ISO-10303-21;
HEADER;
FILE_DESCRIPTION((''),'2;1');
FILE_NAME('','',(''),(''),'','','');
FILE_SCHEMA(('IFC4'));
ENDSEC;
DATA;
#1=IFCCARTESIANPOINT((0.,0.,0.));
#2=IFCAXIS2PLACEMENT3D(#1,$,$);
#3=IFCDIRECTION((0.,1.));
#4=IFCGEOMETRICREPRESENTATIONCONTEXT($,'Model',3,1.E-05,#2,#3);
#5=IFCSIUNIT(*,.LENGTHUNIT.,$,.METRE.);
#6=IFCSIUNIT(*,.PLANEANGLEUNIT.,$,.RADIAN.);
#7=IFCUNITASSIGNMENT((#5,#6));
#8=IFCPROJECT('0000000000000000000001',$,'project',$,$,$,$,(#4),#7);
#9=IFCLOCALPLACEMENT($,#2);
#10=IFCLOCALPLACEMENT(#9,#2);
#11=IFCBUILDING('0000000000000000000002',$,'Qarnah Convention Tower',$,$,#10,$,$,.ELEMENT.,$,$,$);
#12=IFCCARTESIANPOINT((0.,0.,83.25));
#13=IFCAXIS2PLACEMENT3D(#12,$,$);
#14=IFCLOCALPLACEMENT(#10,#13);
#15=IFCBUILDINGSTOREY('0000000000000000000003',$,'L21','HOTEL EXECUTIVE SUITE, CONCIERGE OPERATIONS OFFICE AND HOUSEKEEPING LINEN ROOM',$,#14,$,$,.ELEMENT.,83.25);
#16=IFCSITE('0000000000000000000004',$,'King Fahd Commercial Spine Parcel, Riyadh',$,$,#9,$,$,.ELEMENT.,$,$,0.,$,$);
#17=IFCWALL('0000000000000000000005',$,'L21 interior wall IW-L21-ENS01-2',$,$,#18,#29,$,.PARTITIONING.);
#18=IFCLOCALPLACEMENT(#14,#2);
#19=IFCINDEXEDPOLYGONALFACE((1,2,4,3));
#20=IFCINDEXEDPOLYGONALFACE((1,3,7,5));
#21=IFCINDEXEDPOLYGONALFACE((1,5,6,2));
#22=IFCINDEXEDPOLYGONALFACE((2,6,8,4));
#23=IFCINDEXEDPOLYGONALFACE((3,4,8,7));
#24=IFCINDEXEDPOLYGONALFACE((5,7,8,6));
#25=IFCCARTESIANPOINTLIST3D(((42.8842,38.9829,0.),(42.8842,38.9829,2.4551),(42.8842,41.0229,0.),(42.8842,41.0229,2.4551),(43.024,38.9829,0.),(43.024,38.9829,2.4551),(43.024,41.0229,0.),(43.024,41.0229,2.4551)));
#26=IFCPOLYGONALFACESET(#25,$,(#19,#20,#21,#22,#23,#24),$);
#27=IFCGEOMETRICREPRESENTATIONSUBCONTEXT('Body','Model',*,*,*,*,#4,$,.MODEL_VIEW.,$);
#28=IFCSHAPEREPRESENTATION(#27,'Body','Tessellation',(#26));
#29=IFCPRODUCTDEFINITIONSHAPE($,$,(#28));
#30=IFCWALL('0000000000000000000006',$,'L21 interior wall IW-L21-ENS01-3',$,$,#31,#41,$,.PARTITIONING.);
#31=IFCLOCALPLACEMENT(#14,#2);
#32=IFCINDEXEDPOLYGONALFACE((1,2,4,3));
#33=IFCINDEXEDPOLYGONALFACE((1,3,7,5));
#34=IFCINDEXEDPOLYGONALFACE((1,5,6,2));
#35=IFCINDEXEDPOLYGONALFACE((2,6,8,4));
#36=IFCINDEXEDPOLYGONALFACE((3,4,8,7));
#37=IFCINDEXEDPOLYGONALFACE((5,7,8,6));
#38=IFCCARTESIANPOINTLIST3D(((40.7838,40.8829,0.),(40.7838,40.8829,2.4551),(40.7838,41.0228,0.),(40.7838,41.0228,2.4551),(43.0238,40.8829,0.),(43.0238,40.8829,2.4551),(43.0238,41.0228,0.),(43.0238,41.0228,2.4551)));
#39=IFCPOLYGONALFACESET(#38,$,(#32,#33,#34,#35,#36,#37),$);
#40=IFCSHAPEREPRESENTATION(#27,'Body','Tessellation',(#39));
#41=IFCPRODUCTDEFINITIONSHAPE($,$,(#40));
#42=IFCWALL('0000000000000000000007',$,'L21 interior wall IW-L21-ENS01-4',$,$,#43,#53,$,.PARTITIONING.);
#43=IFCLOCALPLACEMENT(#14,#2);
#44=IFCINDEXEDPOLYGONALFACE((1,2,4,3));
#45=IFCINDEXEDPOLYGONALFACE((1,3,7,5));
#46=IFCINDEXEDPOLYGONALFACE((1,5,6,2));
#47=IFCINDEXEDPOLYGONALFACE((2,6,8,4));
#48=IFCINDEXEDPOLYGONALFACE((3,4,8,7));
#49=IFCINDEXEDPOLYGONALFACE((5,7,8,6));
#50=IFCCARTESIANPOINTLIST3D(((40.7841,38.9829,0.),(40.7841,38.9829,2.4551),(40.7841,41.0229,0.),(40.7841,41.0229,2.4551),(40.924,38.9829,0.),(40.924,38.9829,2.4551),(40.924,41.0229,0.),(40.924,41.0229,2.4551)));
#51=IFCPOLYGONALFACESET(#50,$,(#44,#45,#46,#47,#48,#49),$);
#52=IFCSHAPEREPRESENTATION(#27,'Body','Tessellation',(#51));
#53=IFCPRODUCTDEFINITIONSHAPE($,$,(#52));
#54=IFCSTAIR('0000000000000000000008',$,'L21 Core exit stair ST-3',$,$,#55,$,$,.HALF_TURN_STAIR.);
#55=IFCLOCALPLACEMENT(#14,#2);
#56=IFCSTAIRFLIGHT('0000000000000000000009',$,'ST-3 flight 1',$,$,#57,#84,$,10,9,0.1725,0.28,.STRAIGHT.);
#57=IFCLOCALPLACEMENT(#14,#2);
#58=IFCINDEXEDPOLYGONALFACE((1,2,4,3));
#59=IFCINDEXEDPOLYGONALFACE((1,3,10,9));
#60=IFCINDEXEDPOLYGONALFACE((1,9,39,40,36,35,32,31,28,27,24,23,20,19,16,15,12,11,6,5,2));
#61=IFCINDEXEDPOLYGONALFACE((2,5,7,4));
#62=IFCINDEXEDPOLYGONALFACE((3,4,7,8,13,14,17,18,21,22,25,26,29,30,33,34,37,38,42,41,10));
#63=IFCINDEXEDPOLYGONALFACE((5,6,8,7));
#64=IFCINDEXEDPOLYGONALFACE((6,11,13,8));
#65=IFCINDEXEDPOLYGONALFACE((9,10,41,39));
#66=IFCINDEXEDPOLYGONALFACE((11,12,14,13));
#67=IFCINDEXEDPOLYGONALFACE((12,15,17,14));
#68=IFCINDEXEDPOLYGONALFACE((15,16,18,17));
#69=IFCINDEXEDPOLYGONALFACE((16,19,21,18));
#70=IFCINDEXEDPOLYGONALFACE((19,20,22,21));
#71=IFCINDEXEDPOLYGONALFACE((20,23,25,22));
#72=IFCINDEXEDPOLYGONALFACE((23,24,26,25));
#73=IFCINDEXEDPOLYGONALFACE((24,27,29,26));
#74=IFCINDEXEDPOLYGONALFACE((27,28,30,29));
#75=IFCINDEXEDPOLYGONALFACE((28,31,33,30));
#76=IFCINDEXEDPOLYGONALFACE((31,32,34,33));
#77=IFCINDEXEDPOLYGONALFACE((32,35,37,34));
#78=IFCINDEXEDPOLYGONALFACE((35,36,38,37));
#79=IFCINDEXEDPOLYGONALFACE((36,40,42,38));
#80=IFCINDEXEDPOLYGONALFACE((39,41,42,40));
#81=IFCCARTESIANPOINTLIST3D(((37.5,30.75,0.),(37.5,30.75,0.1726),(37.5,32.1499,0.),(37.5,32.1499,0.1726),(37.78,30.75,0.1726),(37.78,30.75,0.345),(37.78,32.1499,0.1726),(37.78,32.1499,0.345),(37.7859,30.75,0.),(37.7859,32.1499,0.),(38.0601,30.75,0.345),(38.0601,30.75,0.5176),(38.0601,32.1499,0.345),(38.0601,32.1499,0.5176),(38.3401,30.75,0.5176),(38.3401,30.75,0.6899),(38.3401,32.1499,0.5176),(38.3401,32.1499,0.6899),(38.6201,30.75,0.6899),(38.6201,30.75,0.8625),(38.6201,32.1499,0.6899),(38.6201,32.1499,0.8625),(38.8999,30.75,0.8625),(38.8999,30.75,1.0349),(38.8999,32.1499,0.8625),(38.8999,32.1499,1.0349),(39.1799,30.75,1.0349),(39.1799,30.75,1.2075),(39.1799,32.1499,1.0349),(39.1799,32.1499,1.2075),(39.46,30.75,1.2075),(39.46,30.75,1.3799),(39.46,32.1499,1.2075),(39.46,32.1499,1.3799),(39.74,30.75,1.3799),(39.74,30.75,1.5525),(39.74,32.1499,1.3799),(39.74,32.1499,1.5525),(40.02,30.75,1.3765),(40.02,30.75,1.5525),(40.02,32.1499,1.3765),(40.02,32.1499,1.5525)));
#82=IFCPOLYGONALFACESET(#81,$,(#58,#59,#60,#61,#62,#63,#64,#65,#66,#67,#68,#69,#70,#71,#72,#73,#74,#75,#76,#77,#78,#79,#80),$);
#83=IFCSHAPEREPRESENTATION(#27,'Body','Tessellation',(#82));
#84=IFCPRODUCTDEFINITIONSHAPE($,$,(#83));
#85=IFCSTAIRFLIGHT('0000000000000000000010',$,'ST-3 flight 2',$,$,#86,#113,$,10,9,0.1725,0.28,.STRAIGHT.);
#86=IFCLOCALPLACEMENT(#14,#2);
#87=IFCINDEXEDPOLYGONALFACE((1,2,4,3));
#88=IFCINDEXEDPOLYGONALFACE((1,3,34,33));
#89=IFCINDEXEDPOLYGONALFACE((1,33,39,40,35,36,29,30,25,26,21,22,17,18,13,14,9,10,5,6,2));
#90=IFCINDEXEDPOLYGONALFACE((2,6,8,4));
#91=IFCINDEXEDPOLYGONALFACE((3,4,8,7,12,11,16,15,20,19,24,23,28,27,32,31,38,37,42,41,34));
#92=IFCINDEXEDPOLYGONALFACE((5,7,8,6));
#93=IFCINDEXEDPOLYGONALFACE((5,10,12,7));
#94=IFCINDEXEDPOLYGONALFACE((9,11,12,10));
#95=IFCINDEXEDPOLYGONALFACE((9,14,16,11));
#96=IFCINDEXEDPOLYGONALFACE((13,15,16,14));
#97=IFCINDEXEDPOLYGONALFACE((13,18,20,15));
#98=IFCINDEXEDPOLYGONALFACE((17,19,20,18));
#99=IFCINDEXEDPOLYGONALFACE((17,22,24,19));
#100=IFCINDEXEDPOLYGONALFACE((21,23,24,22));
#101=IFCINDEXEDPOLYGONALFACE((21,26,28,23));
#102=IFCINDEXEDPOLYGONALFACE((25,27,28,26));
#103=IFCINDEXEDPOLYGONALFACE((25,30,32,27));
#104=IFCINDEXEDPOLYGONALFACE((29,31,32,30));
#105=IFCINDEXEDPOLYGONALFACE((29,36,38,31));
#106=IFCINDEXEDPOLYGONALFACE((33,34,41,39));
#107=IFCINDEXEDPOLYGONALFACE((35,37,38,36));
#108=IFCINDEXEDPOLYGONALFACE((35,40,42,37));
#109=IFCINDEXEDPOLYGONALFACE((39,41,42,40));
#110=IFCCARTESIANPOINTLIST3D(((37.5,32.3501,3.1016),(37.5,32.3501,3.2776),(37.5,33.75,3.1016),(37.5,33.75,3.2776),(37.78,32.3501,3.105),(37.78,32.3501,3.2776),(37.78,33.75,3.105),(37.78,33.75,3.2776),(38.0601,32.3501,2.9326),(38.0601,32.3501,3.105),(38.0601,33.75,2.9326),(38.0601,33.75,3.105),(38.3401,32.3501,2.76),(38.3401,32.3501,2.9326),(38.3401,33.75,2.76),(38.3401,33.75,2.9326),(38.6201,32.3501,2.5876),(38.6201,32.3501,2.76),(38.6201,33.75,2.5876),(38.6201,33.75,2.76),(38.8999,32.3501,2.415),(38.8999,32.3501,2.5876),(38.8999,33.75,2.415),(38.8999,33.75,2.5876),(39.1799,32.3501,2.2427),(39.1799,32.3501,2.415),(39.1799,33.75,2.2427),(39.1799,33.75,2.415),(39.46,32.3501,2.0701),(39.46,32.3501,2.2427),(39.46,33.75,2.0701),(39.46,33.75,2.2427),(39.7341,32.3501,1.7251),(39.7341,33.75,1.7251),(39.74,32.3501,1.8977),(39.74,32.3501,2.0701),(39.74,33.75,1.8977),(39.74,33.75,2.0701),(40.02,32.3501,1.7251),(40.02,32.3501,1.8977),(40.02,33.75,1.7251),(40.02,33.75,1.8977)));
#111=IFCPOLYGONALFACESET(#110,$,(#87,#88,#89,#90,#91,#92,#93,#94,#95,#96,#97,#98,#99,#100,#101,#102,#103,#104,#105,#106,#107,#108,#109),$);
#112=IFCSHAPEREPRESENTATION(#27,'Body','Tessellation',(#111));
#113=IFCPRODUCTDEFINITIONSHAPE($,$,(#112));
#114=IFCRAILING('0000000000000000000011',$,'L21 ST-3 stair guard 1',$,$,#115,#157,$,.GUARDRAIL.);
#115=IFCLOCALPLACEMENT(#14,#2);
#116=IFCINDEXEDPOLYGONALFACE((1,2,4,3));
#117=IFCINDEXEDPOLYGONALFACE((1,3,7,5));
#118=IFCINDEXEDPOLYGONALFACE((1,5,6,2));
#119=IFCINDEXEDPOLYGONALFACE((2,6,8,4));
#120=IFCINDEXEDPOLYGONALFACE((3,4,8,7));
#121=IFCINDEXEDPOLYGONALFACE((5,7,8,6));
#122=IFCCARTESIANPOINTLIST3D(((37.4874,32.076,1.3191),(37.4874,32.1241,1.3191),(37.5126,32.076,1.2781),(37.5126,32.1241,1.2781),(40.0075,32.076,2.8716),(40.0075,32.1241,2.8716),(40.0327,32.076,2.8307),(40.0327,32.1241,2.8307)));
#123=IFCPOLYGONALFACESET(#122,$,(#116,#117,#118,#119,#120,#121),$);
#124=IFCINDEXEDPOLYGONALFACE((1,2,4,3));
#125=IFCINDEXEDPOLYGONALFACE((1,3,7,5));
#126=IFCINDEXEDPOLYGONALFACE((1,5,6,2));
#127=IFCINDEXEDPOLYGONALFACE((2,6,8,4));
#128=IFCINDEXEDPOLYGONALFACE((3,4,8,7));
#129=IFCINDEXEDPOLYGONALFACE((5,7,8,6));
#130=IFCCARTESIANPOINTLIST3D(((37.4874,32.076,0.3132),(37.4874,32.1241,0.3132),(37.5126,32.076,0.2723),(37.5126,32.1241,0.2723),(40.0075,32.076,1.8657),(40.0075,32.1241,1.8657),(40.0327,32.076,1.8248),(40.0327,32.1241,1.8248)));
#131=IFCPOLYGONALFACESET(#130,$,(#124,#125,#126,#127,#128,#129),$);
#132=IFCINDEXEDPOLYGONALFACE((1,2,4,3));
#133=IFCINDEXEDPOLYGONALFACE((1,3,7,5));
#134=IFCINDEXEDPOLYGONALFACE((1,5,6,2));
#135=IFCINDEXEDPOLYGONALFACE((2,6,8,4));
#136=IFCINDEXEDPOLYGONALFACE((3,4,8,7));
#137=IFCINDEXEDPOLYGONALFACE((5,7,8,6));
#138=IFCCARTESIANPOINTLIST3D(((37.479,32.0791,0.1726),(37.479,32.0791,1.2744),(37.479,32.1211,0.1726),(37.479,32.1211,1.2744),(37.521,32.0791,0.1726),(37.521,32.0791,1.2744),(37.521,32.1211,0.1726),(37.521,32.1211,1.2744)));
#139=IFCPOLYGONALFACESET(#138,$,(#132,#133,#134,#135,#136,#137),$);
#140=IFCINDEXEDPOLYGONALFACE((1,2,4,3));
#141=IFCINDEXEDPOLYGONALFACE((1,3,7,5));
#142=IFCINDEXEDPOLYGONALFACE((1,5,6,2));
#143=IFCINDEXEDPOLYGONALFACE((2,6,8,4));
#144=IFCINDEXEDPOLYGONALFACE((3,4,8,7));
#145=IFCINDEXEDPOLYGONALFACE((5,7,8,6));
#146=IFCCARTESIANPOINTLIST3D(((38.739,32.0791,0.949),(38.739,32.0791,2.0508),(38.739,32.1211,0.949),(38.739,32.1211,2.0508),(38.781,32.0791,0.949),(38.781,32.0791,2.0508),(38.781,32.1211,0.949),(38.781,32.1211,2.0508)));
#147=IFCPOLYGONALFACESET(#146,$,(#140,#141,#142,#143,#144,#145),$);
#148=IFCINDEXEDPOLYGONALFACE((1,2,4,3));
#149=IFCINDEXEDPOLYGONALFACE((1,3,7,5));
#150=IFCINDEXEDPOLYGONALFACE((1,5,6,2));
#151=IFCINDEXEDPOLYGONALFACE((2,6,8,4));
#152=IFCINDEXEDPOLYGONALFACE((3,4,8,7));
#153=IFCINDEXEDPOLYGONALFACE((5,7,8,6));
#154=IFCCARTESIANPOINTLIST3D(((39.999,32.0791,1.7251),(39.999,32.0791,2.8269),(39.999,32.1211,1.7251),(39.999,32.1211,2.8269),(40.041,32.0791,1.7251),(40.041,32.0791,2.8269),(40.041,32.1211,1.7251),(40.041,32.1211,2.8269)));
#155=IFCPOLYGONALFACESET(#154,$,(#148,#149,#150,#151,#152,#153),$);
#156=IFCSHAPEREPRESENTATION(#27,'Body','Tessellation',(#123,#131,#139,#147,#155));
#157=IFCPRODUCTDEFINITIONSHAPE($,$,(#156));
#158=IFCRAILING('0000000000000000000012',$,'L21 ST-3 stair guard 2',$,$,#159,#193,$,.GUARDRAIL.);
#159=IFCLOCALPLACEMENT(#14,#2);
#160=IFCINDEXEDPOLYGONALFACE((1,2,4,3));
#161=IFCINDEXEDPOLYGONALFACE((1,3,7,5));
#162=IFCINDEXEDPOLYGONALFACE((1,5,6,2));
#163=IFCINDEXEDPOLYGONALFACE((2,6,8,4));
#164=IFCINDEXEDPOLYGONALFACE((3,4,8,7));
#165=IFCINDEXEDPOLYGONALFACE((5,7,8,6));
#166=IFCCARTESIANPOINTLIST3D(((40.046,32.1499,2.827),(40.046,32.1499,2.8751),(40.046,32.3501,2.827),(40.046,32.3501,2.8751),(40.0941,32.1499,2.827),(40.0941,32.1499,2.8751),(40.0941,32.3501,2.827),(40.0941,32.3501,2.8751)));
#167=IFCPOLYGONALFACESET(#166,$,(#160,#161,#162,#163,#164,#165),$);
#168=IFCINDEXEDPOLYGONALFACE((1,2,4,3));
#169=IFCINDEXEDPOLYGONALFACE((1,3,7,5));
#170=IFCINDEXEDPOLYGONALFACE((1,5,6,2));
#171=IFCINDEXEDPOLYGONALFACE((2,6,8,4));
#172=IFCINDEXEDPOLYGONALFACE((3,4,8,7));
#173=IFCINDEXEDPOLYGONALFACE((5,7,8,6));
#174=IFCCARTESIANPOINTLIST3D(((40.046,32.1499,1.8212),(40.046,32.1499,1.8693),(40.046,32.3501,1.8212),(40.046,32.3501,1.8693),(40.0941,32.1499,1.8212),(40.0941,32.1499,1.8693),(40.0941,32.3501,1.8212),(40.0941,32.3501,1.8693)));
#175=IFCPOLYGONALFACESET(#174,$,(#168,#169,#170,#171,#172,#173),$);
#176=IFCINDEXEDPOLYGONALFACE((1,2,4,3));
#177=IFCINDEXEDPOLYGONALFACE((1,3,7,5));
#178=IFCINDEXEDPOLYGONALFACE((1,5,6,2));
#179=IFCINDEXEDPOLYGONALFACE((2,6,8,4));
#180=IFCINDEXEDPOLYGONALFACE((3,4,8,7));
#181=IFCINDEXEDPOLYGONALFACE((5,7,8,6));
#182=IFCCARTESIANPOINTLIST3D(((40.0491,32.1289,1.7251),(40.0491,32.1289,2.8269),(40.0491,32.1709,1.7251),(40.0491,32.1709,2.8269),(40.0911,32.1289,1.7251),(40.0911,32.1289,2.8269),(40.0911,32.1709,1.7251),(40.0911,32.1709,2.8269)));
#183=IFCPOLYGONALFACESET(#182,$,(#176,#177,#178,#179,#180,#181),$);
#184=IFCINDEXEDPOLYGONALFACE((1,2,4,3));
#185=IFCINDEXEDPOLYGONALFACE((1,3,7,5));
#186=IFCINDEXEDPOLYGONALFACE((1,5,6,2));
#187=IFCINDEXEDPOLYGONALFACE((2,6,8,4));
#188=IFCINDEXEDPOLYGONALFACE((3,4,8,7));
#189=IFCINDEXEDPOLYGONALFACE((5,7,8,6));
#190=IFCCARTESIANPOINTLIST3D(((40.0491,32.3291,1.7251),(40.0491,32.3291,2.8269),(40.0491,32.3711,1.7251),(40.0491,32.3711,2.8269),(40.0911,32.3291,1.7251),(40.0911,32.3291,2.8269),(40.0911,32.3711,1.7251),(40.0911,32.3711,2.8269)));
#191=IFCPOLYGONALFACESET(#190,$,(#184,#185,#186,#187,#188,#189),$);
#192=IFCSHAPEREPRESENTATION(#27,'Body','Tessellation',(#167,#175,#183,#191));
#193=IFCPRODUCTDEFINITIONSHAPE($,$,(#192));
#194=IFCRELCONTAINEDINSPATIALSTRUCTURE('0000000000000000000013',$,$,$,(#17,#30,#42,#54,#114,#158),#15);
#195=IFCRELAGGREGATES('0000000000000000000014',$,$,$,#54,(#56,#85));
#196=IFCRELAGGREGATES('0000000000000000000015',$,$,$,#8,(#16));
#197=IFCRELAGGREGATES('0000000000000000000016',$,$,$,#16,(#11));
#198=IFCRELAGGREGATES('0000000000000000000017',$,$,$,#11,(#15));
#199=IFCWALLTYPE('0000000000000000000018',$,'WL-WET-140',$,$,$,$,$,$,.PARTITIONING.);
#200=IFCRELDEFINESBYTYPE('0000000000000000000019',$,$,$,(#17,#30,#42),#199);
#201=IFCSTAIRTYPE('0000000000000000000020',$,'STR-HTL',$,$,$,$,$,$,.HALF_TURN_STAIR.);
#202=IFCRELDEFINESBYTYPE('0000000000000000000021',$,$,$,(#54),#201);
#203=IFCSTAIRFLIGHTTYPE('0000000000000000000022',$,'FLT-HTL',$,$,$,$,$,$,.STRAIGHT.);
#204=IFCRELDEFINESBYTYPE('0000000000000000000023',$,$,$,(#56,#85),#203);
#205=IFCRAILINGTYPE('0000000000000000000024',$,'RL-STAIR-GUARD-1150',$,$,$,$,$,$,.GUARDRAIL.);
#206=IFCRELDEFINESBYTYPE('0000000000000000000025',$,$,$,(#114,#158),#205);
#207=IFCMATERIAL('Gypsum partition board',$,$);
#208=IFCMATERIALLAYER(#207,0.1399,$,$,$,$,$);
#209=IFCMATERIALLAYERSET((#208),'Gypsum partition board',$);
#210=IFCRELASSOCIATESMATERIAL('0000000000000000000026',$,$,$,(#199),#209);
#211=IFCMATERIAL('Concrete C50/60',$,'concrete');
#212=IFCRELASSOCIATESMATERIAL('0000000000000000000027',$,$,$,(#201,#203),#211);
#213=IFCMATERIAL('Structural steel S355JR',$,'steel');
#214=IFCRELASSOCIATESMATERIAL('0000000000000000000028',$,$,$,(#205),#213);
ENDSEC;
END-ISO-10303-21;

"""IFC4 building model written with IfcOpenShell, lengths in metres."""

from ifc_helpers import new_model, si_unit, direction, frame, frame_2d, origin, origin_2d, place, context, subcontext, project, spatial, polyline, rectangle, outline, extrude, material, layer, layer_set, type_object, element, aggregate, save


model = new_model("IFC4")

# Units and contexts
model_context = context("Model", 3, precision=1e-05, world=origin(), true_north=direction((0.0, 1.0)))
body_context = subcontext(model_context, "Body", "Model", "MODEL_VIEW")
ifc_project = project(units=[si_unit("LENGTHUNIT", "METRE"), si_unit("PLANEANGLEUNIT", "RADIAN")], contexts=[model_context])

# Site, building, storey
site_placement = place(None, origin())
site = spatial("IfcSite", under=ifc_project, at=site_placement, Name="King Fahd Commercial Spine Parcel, Riyadh", CompositionType="ELEMENT", RefElevation=0.0)
building_placement = place(site_placement, origin())
building = spatial("IfcBuilding", under=site, at=building_placement, Name="Qarnah Convention Tower", CompositionType="ELEMENT")
storey_placement = place(building_placement, frame((0.0, 0.0, 83.25)))
storey = spatial("IfcBuildingStorey", under=building, at=storey_placement, Name="L21", Description="HOTEL EXECUTIVE SUITE, CONCIERGE OPERATIONS OFFICE AND HOUSEKEEPING LINEN ROOM", CompositionType="ELEMENT", Elevation=83.25)

# Shared definitions
ifc_material_1 = material(Name="Structural steel S355JR", Category="steel")

# Shared definitions
ifc_material_2 = material(Name="Gypsum partition board")

# Shared definitions
ifc_layer_1 = layer(ifc_material_2, 0.1399)
ifc_layer_set_1 = layer_set([ifc_layer_1], Name="Gypsum partition board")
wall_type_1 = type_object("IfcWallType", Name="WL-WET-140", PredefinedType="PARTITIONING", material=ifc_layer_set_1)

# Walls
wall_1_placement = place(storey_placement, frame((42.9541, 38.9829, 0.0), z_axis=(0.0, 0.0, 1.0), x_axis=(0.0, 1.0, 0.0)))
element("IfcWall", 1, at=wall_1_placement, inside=storey, type_object=wall_type_1, Name="L21 interior wall IW-L21-ENS01-2", PredefinedType="PARTITIONING", context=body_context, shape_type="SweptSolid", body=[
    extrude(rectangle(XDim=2.04, YDim=0.1399, at=frame_2d((1.02, 0.0))), origin(), (0.0, 0.0, 1.0), 2.4551),
])
wall_2_placement = place(storey_placement, frame((43.0239, 40.9529, 0.0), z_axis=(0.0, 0.0, 1.0), x_axis=(-1.0, 0.0, 0.0)))
element("IfcWall", 2, at=wall_2_placement, inside=storey, type_object=wall_type_1, Name="L21 interior wall IW-L21-ENS01-3", PredefinedType="PARTITIONING", context=body_context, shape_type="SweptSolid", body=[
    extrude(rectangle(XDim=2.24, YDim=0.1399, at=frame_2d((1.1201, 0.0))), origin(), (0.0, 0.0, 1.0), 2.4551),
])
wall_3_placement = place(storey_placement, frame((40.854, 41.0229, 0.0), z_axis=(0.0, 0.0, 1.0), x_axis=(0.0, -1.0, 0.0)))
element("IfcWall", 3, at=wall_3_placement, inside=storey, type_object=wall_type_1, Name="L21 interior wall IW-L21-ENS01-4", PredefinedType="PARTITIONING", context=body_context, shape_type="SweptSolid", body=[
    extrude(rectangle(XDim=2.04, YDim=0.1399, at=frame_2d((1.02, 0.0))), origin(), (0.0, 0.0, 1.0), 2.4551),
])

# Stair, stair flights
ifc_material_3 = material(Name="Concrete C50/60", Category="concrete")
stair_type = type_object("IfcStairType", Name="STR-HTL", PredefinedType="HALF_TURN_STAIR", material=ifc_material_3)
stair_placement = place(storey_placement, origin())
stair = element("IfcStair", 4, at=stair_placement, inside=storey, type_object=stair_type, Name="L21 Core exit stair ST-3", PredefinedType="HALF_TURN_STAIR")
stair_flight_type = type_object("IfcStairFlightType", Name="FLT-HTL", PredefinedType="STRAIGHT", material=ifc_material_3)
stair_flight_1_placement = place(storey_placement, frame((37.5, 31.45, 0.0), z_axis=(0.0, 0.0, 1.0), x_axis=(1.0, 0.0, 0.0)))
stair_flight_1 = element("IfcStairFlight", 5, at=stair_flight_1_placement, type_object=stair_flight_type, Name="ST-3 flight 1", NumberOfRisers=10, NumberOfTreads=9, PredefinedType="STRAIGHT", RiserHeight=0.1725, TreadLength=0.28, context=body_context, shape_type="SweptSolid", body=[
    extrude(outline(polyline([(0.0, 0.0), (0.0, 0.1726), (0.28, 0.1726), (0.28, 0.345), (0.5601, 0.345), (0.5601, 0.5176), (0.8401, 0.5176), (0.8401, 0.6899), (1.1201, 0.6899), (1.1201, 0.8625), (1.3999, 0.8625), (1.3999, 1.0349), (1.6799, 1.0349), (1.6799, 1.2075), (1.96, 1.2075), (1.96, 1.3799), (2.24, 1.3799), (2.24, 1.5525), (2.52, 1.5525), (2.52, 1.7251), (2.52, 1.3765), (0.2859, 0.0), (0.0, 0.0)])), frame((0.0, 0.7, 0.0), z_axis=(0.0, -1.0, 0.0), x_axis=(1.0, 0.0, 0.0)), (0.0, 0.0, 1.0), 1.3999),
])
stair_flight_2_placement = place(storey_placement, frame((40.02, 33.05, 1.7251), z_axis=(0.0, 0.0, 1.0), x_axis=(-1.0, 0.0, 0.0)))
stair_flight_2 = element("IfcStairFlight", 6, at=stair_flight_2_placement, type_object=stair_flight_type, Name="ST-3 flight 2", NumberOfRisers=10, NumberOfTreads=9, PredefinedType="STRAIGHT", RiserHeight=0.1725, TreadLength=0.28, context=body_context, shape_type="SweptSolid", body=[
    extrude(outline(polyline([(0.0, 0.0), (0.0, 0.1726), (0.28, 0.1726), (0.28, 0.345), (0.5601, 0.345), (0.5601, 0.5176), (0.8401, 0.5176), (0.8401, 0.6899), (1.1201, 0.6899), (1.1201, 0.8625), (1.3999, 0.8625), (1.3999, 1.0349), (1.6799, 1.0349), (1.6799, 1.2075), (1.96, 1.2075), (1.96, 1.3799), (2.24, 1.3799), (2.24, 1.5525), (2.52, 1.5525), (2.52, 1.7251), (2.52, 1.3765), (0.2859, 0.0), (0.0, 0.0)])), frame((0.0, 0.7, 0.0), z_axis=(0.0, -1.0, 0.0), x_axis=(1.0, 0.0, 0.0)), (0.0, 0.0, 1.0), 1.3999),
])
aggregate(stair, [stair_flight_1, stair_flight_2])

# Railings
railing_type_1 = type_object("IfcRailingType", Name="RL-STAIR-GUARD-1150", PredefinedType="GUARDRAIL", material=ifc_material_1)
railing_1_placement = place(storey_placement, frame((37.5, 32.1001, 0.1726)))
element("IfcRailing", 7, at=railing_1_placement, inside=storey, type_object=railing_type_1, Name="L21 ST-3 stair guard 1", PredefinedType="GUARDRAIL", context=body_context, shape_type="SweptSolid", body=[
    extrude(rectangle(XDim=0.0481, YDim=0.0481, at=origin_2d()), frame((0.0, 0.0, 1.126), z_axis=(0.8514, 0.0, 0.524516), x_axis=(0.0, 1.0, 0.0)), (0.0, 0.0, 1.0), 2.96),
    extrude(rectangle(XDim=0.0481, YDim=0.0481, at=origin_2d()), frame((0.0, 0.0, 0.1201), z_axis=(0.8514, 0.0, 0.524516), x_axis=(0.0, 1.0, 0.0)), (0.0, 0.0, 1.0), 2.96),
    extrude(rectangle(XDim=0.042, YDim=0.042, at=origin_2d()), origin(), (0.0, 0.0, 1.0), 1.1018),
    extrude(rectangle(XDim=0.042, YDim=0.042, at=origin_2d()), frame((1.26, 0.0, 0.7764)), (0.0, 0.0, 1.0), 1.1018),
    extrude(rectangle(XDim=0.042, YDim=0.042, at=origin_2d()), frame((2.52, 0.0, 1.5525)), (0.0, 0.0, 1.0), 1.1018),
])
railing_2_placement = place(storey_placement, frame((40.0701, 32.1499, 1.7251)))
element("IfcRailing", 8, at=railing_2_placement, inside=storey, type_object=railing_type_1, Name="L21 ST-3 stair guard 2", PredefinedType="GUARDRAIL", context=body_context, shape_type="SweptSolid", body=[
    extrude(rectangle(XDim=0.0481, YDim=0.0481, at=origin_2d()), frame((0.0, 0.0, 1.126), z_axis=(0.0, 1.0, 0.0), x_axis=(-1.0, 0.0, 0.0)), (0.0, 0.0, 1.0), 0.2002),
    extrude(rectangle(XDim=0.0481, YDim=0.0481, at=origin_2d()), frame((0.0, 0.0, 0.1201), z_axis=(0.0, 1.0, 0.0), x_axis=(-1.0, 0.0, 0.0)), (0.0, 0.0, 1.0), 0.2002),
    extrude(rectangle(XDim=0.042, YDim=0.042, at=origin_2d()), origin(), (0.0, 0.0, 1.0), 1.1018),
    extrude(rectangle(XDim=0.042, YDim=0.042, at=origin_2d()), frame((0.0, 0.2002, 0.0)), (0.0, 0.0, 1.0), 1.1018),
])

save(model, "model.ifc")
